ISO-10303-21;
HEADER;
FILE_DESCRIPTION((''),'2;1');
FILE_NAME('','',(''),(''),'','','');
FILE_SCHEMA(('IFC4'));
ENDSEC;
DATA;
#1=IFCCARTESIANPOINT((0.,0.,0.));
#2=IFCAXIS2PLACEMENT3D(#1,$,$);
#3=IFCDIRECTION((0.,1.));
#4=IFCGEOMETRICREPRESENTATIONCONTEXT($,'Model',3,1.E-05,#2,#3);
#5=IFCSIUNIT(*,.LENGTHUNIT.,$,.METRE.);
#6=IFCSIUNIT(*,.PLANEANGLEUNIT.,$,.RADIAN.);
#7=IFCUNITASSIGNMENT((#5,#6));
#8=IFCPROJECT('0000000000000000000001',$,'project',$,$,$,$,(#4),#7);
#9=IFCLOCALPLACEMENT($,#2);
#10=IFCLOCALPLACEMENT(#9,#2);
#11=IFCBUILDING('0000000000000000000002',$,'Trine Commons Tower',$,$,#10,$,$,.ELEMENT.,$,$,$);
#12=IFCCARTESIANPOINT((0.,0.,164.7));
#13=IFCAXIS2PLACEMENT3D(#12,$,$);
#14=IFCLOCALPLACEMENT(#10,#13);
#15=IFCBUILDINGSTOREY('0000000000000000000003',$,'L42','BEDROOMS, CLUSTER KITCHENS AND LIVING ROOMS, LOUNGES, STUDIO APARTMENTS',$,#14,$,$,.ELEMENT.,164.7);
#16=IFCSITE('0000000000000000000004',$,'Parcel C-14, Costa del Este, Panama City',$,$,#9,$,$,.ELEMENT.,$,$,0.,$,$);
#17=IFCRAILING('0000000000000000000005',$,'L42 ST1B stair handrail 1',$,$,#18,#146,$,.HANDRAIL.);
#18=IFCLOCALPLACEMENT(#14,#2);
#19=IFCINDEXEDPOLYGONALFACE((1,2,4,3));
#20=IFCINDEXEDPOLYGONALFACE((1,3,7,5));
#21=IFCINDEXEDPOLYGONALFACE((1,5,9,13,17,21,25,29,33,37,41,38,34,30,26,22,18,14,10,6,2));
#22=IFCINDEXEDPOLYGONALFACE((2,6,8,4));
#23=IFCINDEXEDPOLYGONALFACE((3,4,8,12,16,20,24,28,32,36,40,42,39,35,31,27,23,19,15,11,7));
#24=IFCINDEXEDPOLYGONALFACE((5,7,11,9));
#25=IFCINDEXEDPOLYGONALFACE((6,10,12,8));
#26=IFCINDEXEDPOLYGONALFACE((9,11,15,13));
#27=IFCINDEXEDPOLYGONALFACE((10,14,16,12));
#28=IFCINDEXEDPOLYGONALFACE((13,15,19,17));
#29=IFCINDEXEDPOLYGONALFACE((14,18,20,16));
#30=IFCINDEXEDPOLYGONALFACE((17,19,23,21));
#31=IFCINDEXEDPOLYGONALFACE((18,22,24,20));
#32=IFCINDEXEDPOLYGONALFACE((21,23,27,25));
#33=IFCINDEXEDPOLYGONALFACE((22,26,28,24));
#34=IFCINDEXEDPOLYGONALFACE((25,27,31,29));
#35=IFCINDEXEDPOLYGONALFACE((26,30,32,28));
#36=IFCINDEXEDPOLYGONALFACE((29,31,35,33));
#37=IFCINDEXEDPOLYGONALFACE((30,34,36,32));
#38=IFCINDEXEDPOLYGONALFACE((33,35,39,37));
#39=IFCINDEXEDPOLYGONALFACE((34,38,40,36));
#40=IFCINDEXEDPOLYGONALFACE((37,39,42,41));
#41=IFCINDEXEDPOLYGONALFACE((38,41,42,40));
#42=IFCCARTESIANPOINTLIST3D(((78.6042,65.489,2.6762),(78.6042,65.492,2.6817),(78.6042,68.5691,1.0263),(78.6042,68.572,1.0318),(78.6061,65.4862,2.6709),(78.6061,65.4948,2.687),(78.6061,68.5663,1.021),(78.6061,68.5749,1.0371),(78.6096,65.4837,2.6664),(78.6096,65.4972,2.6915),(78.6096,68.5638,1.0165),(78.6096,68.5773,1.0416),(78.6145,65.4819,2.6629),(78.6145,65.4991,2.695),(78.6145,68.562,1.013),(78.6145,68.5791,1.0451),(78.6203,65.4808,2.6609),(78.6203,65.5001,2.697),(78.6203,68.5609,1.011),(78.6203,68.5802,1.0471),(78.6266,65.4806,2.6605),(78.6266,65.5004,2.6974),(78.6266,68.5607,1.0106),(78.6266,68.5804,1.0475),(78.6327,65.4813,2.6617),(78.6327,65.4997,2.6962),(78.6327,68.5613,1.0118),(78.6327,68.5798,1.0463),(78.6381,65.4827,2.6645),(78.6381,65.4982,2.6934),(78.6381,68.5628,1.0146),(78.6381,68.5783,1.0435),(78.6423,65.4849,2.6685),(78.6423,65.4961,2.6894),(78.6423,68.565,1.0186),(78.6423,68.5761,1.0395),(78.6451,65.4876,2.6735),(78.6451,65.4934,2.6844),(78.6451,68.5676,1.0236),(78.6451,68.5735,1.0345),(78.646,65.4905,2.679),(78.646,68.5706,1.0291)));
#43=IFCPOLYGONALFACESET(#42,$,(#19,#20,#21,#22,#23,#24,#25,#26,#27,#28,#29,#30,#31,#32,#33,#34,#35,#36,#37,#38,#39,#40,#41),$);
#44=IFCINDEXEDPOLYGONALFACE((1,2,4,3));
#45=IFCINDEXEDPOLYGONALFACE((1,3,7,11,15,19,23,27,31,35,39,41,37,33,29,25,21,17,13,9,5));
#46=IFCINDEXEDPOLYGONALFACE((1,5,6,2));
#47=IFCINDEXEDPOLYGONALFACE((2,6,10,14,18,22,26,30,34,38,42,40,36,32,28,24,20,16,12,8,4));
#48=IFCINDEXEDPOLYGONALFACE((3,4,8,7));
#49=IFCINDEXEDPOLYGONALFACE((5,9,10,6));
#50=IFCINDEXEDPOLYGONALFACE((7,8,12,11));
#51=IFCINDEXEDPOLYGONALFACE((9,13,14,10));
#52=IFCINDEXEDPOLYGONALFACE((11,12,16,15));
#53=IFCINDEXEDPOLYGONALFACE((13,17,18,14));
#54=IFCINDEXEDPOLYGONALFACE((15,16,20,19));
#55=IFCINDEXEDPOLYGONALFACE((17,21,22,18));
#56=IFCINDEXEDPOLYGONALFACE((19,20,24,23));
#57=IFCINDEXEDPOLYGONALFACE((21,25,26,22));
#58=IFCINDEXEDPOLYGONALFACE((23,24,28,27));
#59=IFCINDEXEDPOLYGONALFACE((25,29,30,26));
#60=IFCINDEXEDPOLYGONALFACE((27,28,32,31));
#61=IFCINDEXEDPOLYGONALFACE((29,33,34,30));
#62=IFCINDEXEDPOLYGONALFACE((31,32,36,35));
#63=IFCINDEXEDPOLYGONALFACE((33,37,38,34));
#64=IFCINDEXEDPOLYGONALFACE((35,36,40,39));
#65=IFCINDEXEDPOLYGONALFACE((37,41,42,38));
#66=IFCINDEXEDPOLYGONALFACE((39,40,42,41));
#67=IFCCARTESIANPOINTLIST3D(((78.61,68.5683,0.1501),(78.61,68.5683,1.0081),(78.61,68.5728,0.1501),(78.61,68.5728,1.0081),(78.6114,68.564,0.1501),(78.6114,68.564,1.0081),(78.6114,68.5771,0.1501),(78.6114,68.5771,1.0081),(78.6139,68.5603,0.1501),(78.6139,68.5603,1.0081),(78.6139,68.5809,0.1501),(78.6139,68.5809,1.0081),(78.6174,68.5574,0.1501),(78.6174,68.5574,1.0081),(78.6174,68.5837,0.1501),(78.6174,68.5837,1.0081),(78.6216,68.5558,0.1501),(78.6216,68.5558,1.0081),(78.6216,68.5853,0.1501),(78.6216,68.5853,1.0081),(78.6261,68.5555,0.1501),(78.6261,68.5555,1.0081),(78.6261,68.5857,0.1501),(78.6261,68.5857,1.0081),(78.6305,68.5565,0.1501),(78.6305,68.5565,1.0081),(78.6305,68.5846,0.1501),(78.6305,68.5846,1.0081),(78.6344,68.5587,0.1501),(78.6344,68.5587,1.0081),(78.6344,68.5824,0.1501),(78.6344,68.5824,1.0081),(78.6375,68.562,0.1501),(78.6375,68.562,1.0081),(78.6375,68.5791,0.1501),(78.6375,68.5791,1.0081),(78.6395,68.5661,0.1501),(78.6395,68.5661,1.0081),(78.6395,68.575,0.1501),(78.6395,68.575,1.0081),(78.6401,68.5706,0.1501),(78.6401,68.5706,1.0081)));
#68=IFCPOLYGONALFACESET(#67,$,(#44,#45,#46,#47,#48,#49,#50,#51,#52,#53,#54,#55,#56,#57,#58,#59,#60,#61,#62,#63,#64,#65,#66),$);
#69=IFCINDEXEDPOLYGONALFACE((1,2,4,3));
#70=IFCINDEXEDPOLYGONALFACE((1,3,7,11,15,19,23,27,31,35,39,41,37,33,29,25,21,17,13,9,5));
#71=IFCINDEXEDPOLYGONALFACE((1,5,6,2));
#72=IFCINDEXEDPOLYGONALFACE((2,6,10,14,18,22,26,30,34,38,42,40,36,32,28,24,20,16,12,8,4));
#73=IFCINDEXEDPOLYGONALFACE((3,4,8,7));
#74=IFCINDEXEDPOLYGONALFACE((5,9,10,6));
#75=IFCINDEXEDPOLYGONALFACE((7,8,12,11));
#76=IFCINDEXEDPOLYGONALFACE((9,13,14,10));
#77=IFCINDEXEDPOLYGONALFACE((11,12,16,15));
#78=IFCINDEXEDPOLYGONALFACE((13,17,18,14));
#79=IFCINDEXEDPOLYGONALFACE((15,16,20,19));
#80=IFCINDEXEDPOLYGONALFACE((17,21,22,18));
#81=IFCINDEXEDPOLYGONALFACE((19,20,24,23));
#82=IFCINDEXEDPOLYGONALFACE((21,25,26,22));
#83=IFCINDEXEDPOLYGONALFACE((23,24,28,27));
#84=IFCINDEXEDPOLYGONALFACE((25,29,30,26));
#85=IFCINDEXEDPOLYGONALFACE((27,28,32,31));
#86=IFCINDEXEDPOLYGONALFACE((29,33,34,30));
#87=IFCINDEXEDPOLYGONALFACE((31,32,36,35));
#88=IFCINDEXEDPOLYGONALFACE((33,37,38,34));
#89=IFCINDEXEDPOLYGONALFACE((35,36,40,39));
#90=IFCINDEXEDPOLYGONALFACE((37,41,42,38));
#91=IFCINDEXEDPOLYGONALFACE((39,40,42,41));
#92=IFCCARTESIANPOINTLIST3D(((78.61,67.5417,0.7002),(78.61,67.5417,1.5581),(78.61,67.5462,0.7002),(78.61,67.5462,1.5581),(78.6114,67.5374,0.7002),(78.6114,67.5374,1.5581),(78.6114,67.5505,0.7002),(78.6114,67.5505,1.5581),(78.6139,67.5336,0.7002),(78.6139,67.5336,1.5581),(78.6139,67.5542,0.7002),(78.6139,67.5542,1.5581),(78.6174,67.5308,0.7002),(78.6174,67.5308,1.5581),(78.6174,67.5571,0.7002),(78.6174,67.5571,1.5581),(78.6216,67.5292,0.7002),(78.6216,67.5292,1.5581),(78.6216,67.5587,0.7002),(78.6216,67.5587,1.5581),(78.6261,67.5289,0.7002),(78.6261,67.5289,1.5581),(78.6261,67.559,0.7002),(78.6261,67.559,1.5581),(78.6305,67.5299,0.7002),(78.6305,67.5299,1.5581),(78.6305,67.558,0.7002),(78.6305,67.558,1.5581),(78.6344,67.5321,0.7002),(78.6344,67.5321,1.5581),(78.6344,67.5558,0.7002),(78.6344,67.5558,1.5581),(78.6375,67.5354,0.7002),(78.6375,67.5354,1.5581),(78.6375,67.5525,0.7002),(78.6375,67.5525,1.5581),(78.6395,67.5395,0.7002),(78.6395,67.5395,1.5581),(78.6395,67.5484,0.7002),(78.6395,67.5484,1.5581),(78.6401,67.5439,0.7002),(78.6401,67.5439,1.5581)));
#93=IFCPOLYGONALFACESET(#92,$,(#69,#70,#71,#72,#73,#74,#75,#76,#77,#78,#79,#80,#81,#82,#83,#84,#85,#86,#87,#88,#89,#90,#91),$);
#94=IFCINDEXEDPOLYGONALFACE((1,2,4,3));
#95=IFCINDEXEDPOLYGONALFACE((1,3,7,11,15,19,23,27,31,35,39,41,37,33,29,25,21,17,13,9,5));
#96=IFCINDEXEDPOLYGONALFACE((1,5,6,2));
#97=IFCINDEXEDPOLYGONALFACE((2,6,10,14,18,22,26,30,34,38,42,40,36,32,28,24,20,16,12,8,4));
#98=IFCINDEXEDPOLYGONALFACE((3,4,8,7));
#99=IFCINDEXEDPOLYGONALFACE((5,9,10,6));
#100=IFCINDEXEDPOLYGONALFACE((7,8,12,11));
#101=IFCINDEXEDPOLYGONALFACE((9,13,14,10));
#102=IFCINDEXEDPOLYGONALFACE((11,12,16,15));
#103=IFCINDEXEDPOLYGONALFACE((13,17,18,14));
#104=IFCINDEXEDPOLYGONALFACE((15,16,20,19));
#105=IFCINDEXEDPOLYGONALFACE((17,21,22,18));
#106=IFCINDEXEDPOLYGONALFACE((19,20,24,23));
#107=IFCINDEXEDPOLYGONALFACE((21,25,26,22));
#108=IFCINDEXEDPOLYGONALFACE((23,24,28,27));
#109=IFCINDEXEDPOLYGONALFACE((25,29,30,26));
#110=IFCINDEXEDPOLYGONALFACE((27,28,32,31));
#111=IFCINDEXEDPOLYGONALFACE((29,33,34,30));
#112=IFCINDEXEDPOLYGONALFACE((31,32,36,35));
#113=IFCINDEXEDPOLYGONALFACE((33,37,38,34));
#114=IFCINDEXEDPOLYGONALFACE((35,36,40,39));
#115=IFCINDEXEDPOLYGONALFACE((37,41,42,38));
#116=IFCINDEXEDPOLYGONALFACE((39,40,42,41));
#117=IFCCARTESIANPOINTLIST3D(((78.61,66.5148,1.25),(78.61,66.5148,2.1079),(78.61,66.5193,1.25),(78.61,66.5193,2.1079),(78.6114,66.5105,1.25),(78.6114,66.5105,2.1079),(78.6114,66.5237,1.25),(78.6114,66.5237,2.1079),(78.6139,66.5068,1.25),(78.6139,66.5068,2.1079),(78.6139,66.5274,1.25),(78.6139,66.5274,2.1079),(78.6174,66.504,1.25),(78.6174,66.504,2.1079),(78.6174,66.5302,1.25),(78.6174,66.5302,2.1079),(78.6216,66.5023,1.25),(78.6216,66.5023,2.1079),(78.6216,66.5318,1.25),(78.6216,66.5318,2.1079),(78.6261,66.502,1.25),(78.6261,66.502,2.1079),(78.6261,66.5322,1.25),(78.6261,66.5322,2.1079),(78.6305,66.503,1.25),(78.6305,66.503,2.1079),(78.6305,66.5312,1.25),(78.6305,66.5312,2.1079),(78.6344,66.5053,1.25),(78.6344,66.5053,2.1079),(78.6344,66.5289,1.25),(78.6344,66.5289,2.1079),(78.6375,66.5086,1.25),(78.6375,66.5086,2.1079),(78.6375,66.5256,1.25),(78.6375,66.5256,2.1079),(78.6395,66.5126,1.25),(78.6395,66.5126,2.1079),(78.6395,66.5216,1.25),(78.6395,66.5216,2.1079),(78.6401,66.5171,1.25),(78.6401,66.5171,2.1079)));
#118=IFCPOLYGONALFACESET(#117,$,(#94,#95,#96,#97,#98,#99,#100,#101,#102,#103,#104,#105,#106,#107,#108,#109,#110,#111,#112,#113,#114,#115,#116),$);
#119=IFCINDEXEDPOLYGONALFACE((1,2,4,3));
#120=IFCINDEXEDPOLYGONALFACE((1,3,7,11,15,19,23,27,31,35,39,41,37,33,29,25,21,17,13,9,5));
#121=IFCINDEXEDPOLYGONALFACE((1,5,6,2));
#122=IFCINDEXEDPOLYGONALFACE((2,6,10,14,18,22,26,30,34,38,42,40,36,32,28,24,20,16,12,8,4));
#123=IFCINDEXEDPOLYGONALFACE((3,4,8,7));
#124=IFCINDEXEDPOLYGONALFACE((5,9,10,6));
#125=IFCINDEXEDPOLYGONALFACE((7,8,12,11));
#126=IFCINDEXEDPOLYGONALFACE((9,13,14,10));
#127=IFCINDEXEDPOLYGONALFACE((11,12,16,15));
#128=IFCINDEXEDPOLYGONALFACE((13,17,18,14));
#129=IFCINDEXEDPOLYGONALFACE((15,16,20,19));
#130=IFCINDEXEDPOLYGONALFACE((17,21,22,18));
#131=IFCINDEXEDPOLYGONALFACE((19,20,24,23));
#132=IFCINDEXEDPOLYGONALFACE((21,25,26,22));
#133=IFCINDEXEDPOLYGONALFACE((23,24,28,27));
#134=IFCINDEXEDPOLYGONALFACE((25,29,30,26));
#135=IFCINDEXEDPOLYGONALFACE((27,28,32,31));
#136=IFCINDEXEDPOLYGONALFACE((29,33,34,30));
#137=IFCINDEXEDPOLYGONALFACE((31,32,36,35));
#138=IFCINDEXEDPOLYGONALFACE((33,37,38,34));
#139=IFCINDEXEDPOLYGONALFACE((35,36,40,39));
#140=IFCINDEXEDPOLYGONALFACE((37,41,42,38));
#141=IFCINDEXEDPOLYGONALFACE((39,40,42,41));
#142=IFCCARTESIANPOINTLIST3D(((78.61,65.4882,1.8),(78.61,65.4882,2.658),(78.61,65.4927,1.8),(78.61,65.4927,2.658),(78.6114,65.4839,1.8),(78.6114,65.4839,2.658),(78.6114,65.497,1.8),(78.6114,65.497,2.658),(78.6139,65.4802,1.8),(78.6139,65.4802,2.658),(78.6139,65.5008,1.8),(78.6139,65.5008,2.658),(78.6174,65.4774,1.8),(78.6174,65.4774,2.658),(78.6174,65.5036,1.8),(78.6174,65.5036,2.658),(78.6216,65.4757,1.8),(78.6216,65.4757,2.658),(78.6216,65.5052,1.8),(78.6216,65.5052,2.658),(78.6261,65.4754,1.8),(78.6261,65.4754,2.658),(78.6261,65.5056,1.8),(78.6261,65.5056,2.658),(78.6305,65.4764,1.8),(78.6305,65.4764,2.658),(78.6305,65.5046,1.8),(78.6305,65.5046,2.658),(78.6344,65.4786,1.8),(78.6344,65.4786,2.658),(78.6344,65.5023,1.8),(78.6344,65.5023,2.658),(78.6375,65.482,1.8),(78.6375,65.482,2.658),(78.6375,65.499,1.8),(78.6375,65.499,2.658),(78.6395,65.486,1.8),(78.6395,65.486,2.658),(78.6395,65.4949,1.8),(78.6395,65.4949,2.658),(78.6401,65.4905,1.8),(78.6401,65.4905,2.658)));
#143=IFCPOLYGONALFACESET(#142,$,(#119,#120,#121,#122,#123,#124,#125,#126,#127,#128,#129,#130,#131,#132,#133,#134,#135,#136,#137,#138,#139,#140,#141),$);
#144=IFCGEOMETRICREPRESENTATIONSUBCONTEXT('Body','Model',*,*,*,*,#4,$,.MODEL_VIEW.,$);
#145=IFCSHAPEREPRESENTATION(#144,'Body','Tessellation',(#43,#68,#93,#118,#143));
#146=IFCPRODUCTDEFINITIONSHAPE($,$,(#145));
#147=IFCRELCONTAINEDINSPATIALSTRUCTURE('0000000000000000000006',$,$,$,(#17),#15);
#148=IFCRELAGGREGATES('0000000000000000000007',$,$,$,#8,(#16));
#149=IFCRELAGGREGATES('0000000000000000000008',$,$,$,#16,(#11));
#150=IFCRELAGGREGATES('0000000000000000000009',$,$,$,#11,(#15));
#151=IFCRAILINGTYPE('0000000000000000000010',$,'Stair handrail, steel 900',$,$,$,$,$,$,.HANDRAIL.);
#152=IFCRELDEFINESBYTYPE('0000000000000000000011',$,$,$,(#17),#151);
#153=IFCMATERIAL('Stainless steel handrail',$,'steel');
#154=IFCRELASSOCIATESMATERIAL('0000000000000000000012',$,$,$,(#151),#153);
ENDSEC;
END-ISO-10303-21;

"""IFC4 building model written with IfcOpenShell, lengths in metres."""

from ifc_helpers import new_model, si_unit, direction, frame, origin, origin_2d, place, context, subcontext, project, spatial, circle, extrude, material, type_object, element, save


model = new_model("IFC4")

# Units and contexts
model_context = context("Model", 3, precision=1e-05, world=origin(), true_north=direction((0.0, 1.0)))
body_context = subcontext(model_context, "Body", "Model", "MODEL_VIEW")
ifc_project = project(units=[si_unit("LENGTHUNIT", "METRE"), si_unit("PLANEANGLEUNIT", "RADIAN")], contexts=[model_context])

# Site, building, storey
site_placement = place(None, origin())
site = spatial("IfcSite", under=ifc_project, at=site_placement, Name="Parcel C-14, Costa del Este, Panama City", CompositionType="ELEMENT", RefElevation=0.0)
building_placement = place(site_placement, origin())
building = spatial("IfcBuilding", under=site, at=building_placement, Name="Trine Commons Tower", CompositionType="ELEMENT")
storey_placement = place(building_placement, frame((0.0, 0.0, 164.7)))
storey = spatial("IfcBuildingStorey", under=building, at=storey_placement, Name="L42", Description="BEDROOMS, CLUSTER KITCHENS AND LIVING ROOMS, LOUNGES, STUDIO APARTMENTS", CompositionType="ELEMENT", Elevation=164.7)

# Railing
ifc_material_1 = material(Name="Stainless steel handrail", Category="steel")
railing_type = type_object("IfcRailingType", Name="Stair handrail, steel 900", PredefinedType="HANDRAIL", material=ifc_material_1)
railing_placement = place(storey_placement, frame((78.625, 68.5706, 0.1501)))
element("IfcRailing", 1, at=railing_placement, inside=storey, type_object=railing_type, Name="L42 ST1B stair handrail 1", PredefinedType="HANDRAIL", context=body_context, shape_type="SweptSolid", body=[
    extrude(circle(Radius=0.021, at=origin_2d()), frame((0.0, 0.0, 0.8789), z_axis=(0.0, -0.881497, 0.47219), x_axis=(1.0, 0.0, 0.0)), (0.0, 0.0, 1.0), 3.4941),
    extrude(circle(Radius=0.0151, at=origin_2d()), origin(), (0.0, 0.0, 1.0), 0.8579),
    extrude(circle(Radius=0.0151, at=origin_2d()), frame((0.0, -1.0266, 0.55)), (0.0, 0.0, 1.0), 0.8579),
    extrude(circle(Radius=0.0151, at=origin_2d()), frame((0.0, -2.0535, 1.0999)), (0.0, 0.0, 1.0), 0.8579),
    extrude(circle(Radius=0.0151, at=origin_2d()), frame((0.0, -3.0801, 1.6499)), (0.0, 0.0, 1.0), 0.8579),
])

save(model, "model.ifc")
